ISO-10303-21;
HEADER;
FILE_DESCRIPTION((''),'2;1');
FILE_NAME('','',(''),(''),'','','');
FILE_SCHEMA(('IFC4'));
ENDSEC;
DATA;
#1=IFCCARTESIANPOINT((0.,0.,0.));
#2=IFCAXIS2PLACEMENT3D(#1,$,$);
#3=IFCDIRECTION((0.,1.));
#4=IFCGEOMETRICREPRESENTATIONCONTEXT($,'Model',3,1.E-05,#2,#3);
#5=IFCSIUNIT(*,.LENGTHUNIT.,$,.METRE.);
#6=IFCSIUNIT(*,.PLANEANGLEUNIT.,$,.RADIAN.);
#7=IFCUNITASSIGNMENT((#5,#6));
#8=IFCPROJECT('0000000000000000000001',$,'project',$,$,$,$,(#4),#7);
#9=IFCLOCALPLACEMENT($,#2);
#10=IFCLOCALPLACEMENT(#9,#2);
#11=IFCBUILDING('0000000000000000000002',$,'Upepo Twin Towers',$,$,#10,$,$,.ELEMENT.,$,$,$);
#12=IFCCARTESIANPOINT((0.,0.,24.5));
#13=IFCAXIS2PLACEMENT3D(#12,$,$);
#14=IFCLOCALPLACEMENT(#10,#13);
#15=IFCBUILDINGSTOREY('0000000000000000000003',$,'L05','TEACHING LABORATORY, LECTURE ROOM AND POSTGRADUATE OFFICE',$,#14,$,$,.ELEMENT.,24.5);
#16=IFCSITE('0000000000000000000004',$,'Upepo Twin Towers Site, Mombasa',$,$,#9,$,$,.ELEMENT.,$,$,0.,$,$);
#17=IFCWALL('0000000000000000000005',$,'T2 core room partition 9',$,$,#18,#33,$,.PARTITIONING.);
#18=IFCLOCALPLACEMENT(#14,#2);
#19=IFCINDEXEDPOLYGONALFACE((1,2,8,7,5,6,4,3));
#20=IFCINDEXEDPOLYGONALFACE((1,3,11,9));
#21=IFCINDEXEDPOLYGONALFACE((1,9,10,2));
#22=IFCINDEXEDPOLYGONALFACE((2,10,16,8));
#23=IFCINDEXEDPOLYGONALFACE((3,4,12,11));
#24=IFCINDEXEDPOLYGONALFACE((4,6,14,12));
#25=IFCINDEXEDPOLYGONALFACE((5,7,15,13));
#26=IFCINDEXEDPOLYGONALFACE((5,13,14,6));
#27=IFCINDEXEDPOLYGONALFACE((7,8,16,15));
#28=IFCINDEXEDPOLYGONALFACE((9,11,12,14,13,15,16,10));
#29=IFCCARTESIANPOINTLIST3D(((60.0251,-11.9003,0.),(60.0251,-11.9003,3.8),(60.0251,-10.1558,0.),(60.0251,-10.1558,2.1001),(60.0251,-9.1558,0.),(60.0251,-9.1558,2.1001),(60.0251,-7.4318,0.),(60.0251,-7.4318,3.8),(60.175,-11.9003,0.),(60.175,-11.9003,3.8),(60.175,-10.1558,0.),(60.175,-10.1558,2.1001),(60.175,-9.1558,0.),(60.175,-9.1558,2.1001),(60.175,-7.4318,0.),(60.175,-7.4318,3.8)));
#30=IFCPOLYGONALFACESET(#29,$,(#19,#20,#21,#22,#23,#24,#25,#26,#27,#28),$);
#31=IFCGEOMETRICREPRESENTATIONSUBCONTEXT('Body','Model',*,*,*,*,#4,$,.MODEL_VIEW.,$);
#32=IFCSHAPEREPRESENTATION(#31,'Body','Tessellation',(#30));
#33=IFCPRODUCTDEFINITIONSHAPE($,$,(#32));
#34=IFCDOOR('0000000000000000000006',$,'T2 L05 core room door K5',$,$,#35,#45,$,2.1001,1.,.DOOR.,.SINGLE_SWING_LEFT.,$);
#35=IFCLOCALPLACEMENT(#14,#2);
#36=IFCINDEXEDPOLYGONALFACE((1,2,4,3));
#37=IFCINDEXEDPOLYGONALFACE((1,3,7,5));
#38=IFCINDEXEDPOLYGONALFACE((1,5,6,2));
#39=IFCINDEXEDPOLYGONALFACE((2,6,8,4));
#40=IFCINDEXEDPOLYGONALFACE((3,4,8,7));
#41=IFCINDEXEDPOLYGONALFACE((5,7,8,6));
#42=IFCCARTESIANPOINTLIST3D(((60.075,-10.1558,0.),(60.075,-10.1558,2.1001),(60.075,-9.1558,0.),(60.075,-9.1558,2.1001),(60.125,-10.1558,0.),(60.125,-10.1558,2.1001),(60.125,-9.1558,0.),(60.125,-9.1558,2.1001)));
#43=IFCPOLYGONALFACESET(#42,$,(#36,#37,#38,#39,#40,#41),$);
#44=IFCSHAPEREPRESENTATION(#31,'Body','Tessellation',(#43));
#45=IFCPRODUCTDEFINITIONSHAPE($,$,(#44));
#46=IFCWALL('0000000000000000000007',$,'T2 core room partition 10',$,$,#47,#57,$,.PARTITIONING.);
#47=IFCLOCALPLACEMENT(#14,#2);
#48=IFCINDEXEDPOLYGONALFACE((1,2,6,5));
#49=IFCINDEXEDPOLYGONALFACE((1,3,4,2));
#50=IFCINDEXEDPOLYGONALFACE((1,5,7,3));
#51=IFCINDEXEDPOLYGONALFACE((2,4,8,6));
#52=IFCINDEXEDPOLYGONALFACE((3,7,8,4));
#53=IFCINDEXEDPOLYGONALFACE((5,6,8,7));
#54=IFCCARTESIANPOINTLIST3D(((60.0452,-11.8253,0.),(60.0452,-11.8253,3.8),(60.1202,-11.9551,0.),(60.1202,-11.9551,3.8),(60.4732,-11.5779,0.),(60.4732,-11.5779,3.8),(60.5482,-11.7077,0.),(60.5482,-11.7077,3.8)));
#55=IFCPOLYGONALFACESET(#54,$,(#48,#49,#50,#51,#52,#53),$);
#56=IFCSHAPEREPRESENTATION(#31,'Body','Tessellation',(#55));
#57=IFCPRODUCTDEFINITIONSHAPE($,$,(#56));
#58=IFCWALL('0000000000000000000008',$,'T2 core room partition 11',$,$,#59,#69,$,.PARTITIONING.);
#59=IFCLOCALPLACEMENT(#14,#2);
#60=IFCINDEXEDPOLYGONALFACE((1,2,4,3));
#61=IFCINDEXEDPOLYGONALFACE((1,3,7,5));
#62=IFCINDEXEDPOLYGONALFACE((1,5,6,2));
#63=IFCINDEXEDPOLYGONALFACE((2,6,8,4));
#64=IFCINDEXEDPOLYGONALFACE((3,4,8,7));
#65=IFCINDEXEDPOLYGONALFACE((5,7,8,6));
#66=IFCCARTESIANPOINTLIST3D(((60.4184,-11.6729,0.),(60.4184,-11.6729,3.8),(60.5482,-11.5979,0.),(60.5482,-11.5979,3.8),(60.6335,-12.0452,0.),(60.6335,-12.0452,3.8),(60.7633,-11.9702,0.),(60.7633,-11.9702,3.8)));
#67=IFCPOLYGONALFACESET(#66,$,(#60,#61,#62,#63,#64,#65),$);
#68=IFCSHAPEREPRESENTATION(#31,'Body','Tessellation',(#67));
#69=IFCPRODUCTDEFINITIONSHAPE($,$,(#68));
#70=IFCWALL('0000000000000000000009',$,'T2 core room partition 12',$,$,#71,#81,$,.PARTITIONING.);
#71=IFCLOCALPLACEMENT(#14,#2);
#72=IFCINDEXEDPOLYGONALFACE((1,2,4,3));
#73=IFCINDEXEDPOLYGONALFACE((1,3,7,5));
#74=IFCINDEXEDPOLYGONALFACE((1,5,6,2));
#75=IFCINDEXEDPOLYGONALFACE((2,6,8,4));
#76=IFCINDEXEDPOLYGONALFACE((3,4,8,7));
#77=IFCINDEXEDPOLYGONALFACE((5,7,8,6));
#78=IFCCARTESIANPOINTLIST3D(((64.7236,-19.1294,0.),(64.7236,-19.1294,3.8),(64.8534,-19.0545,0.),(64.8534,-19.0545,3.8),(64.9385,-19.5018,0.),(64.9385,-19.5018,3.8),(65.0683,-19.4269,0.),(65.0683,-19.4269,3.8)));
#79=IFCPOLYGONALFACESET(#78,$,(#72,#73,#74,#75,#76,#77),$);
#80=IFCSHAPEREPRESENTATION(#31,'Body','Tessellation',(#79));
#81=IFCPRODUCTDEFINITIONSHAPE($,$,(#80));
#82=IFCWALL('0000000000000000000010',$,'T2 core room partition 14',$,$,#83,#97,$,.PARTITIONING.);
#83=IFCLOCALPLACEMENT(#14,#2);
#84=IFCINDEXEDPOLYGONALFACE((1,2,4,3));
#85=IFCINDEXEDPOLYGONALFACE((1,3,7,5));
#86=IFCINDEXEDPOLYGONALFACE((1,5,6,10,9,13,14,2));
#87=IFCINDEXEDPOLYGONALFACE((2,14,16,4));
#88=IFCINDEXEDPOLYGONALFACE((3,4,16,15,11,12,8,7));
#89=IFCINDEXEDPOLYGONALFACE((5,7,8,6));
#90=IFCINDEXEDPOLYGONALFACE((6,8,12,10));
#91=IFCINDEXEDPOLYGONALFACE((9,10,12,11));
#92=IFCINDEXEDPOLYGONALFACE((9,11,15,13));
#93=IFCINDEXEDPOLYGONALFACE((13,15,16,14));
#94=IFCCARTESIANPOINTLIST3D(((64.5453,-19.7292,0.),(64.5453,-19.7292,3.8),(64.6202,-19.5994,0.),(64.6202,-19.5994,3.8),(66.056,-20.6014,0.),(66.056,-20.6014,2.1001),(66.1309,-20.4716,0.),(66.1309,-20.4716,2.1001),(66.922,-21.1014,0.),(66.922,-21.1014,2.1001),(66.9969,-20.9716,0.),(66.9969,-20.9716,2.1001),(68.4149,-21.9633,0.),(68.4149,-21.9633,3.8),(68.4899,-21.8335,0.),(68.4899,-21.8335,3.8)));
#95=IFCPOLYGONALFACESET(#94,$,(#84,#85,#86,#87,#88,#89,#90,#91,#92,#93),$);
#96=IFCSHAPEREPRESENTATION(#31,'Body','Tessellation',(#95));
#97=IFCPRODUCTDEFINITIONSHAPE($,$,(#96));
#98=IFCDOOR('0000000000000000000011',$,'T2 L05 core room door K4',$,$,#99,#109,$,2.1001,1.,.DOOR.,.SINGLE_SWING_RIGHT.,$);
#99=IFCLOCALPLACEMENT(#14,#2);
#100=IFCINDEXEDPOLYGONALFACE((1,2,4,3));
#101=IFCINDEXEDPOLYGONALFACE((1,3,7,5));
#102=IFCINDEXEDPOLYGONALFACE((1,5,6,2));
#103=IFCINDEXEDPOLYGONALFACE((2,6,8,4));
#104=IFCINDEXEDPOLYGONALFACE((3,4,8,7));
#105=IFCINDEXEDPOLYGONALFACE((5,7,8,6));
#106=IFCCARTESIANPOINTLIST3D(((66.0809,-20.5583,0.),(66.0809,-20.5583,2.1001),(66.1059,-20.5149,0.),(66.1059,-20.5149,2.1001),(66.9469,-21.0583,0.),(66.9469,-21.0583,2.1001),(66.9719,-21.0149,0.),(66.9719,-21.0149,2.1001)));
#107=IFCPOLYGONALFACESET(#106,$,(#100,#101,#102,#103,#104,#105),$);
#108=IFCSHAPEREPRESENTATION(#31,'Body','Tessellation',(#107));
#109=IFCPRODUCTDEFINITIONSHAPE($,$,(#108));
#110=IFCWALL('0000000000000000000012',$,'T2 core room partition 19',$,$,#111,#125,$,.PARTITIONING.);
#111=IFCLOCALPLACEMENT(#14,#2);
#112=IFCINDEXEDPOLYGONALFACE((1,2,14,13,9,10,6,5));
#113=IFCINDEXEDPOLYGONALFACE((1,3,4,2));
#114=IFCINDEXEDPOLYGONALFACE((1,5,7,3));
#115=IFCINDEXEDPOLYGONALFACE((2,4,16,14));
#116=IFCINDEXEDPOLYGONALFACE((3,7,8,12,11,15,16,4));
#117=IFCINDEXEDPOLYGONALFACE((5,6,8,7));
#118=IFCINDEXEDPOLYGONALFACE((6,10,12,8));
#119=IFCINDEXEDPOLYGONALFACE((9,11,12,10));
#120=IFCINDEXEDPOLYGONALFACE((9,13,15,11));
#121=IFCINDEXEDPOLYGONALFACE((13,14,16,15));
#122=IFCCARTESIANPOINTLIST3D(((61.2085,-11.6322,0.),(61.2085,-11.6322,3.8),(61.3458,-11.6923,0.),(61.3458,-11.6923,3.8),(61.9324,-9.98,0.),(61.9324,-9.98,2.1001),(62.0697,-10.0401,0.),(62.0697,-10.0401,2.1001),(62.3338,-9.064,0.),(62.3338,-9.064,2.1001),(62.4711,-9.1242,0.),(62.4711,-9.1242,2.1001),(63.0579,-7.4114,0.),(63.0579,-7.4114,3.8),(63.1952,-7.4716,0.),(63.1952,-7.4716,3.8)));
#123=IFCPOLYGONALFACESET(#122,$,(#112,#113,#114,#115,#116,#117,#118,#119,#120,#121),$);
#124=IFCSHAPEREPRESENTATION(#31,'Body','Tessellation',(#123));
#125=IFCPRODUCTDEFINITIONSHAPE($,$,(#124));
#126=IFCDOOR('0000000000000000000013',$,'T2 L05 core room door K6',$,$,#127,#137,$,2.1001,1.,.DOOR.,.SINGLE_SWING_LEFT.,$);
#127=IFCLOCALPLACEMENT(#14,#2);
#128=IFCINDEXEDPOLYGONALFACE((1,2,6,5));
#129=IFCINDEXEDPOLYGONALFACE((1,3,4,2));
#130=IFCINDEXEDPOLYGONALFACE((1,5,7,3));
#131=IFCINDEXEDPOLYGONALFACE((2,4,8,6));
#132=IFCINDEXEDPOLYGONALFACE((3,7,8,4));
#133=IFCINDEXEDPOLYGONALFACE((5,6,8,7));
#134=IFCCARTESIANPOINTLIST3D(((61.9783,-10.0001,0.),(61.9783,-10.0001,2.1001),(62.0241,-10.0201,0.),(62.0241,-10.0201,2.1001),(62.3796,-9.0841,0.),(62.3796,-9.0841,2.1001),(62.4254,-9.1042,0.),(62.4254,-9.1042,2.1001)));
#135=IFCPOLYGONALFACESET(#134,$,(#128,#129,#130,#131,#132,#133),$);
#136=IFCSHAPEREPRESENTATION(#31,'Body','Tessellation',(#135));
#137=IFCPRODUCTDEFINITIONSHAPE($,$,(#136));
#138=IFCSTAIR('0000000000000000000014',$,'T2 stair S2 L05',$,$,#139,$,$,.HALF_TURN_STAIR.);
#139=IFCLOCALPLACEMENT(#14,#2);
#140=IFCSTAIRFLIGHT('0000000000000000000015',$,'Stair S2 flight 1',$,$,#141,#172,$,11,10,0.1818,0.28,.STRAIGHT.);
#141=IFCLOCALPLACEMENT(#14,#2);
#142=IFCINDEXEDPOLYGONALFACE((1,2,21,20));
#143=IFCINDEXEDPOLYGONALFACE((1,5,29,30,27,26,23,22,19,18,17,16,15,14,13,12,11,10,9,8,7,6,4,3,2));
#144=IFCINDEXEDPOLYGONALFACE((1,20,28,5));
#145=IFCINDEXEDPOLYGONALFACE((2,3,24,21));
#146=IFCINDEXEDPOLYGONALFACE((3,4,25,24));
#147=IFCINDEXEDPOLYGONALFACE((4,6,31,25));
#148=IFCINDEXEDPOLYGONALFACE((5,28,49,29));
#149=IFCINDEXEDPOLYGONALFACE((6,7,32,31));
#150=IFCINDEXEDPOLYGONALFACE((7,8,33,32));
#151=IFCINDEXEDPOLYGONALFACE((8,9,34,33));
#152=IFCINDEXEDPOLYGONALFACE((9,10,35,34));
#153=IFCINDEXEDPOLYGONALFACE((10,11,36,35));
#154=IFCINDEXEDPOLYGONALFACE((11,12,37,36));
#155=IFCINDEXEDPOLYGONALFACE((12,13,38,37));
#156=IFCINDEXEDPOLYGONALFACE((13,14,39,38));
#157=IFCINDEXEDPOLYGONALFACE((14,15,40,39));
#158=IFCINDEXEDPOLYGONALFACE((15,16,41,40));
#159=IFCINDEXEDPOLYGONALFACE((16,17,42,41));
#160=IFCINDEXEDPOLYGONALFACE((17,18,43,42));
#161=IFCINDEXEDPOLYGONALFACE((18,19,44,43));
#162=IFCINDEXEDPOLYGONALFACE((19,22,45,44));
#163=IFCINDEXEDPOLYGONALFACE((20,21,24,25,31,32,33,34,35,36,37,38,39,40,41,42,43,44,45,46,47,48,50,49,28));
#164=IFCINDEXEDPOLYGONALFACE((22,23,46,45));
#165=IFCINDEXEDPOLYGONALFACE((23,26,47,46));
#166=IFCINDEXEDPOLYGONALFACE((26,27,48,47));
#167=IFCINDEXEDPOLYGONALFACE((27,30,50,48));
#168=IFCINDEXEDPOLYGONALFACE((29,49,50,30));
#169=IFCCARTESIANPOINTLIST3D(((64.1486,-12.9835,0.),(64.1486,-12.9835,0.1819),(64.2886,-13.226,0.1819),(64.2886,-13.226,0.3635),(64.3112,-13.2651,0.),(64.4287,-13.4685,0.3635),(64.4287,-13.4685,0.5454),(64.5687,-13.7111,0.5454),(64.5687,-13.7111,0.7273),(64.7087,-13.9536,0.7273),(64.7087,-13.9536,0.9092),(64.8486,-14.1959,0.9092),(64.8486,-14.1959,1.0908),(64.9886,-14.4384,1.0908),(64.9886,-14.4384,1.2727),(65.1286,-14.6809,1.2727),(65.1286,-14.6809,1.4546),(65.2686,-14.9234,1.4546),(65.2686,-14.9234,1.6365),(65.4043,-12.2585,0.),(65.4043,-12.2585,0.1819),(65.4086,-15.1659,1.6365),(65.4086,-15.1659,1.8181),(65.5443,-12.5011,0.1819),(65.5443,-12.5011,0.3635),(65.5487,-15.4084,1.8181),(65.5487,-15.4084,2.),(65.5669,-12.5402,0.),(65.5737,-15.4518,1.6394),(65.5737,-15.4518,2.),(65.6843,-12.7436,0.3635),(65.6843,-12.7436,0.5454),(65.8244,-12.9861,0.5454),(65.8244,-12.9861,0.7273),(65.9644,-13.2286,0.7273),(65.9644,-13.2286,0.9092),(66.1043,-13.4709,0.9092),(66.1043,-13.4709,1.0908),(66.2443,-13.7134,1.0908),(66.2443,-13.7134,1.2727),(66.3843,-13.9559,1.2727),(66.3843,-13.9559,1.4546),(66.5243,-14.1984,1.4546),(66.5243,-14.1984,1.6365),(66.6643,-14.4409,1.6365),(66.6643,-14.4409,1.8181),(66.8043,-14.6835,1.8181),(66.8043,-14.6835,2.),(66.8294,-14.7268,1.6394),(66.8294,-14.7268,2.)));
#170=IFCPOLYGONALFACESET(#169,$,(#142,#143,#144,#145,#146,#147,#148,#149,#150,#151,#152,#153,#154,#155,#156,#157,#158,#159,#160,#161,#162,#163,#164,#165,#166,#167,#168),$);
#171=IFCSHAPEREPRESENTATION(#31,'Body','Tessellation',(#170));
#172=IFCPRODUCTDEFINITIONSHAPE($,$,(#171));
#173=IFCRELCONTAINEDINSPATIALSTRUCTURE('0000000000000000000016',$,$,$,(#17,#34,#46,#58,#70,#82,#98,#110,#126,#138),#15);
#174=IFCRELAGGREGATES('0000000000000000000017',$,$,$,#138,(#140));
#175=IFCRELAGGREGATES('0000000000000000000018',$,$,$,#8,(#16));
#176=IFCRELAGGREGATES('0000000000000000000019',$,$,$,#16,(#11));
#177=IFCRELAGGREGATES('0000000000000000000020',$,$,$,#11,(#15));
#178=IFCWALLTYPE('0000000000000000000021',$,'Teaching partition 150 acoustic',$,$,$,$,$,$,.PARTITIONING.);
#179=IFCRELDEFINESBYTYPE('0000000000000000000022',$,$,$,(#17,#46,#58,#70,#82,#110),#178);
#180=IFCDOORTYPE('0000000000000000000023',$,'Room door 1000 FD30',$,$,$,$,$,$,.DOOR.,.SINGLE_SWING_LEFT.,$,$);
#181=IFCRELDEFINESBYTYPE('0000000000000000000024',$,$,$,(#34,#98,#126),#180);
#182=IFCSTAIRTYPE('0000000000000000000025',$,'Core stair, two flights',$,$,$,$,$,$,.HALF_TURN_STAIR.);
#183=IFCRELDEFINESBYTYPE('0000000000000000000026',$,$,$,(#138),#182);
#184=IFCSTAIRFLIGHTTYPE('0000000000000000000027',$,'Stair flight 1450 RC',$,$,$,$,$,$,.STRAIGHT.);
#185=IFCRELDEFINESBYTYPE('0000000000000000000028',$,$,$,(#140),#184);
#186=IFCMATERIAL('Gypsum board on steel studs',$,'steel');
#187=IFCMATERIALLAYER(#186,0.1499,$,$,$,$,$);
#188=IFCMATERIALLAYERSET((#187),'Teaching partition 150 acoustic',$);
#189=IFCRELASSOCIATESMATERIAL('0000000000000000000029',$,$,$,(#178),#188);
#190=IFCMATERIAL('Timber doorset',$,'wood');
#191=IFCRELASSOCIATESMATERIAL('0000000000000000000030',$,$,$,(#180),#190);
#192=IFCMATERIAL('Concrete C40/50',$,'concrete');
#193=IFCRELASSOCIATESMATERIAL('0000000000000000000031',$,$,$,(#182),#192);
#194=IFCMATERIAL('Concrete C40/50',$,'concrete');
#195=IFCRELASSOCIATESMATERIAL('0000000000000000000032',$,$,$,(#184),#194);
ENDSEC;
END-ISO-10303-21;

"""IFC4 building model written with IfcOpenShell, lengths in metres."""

from ifc_helpers import new_model, si_unit, direction, frame, frame_2d, origin, place, context, subcontext, project, spatial, polyline, rectangle, outline, extrude, material, layer, layer_set, type_object, element, fill, aggregate, save


model = new_model("IFC4")

# Units and contexts
model_context = context("Model", 3, precision=1e-05, world=origin(), true_north=direction((0.0, 1.0)))
body_context = subcontext(model_context, "Body", "Model", "MODEL_VIEW")
ifc_project = project(units=[si_unit("LENGTHUNIT", "METRE"), si_unit("PLANEANGLEUNIT", "RADIAN")], contexts=[model_context])

# Site, building, storey
site_placement = place(None, origin())
site = spatial("IfcSite", under=ifc_project, at=site_placement, Name="Upepo Twin Towers Site, Mombasa", CompositionType="ELEMENT", RefElevation=0.0)
building_placement = place(site_placement, origin())
building = spatial("IfcBuilding", under=site, at=building_placement, Name="Upepo Twin Towers", CompositionType="ELEMENT")
storey_placement = place(building_placement, frame((0.0, 0.0, 24.5)))
storey = spatial("IfcBuildingStorey", under=building, at=storey_placement, Name="L05", Description="TEACHING LABORATORY, LECTURE ROOM AND POSTGRADUATE OFFICE", CompositionType="ELEMENT", Elevation=24.5)

# Wall, opening, door
ifc_material_1 = material(Name="Gypsum board on steel studs", Category="steel")
ifc_layer_1 = layer(ifc_material_1, 0.1499)
ifc_layer_set_1 = layer_set([ifc_layer_1], Name="Teaching partition 150 acoustic")
wall_type_1 = type_object("IfcWallType", Name="Teaching partition 150 acoustic", PredefinedType="PARTITIONING", material=ifc_layer_set_1)
wall_1_placement = place(storey_placement, frame((60.1001, -7.4316, 0.0), z_axis=(0.0, 0.0, 1.0), x_axis=(0.0, -1.0, 0.0)))
wall_1 = element("IfcWall", 1, at=wall_1_placement, inside=storey, type_object=wall_type_1, Name="T2 core room partition 9", PredefinedType="PARTITIONING", context=body_context, shape_type="SweptSolid", body=[
    extrude(rectangle(XDim=4.4685, YDim=0.1499, at=frame_2d((2.2344, 0.0))), origin(), (0.0, 0.0, 1.0), 3.8),
])
opening_1_placement = place(wall_1_placement, frame((1.7241, 0.0, 0.0)))
opening_1 = element("IfcOpeningElement", 2, at=opening_1_placement, cuts=wall_1, PredefinedType="OPENING", context=body_context, shape_type="SweptSolid", body=[
    extrude(rectangle(XDim=1.0, YDim=2.1001, at=frame_2d((0.5, 1.05))), frame((0.0, 0.085, 0.0), z_axis=(0.0, -1.0, 0.0), x_axis=(1.0, 0.0, 0.0)), (0.0, 0.0, 1.0), 0.1699),
])
ifc_material_2 = material(Name="Timber doorset", Category="wood")
door_type_1 = type_object("IfcDoorType", Name="Room door 1000 FD30", OperationType="SINGLE_SWING_LEFT", PredefinedType="DOOR", material=ifc_material_2)
door_1_placement = place(opening_1_placement, origin())
door_1 = element("IfcDoor", 3, at=door_1_placement, inside=storey, type_object=door_type_1, Name="T2 L05 core room door K5", OperationType="SINGLE_SWING_LEFT", OverallHeight=2.1001, OverallWidth=1.0, PredefinedType="DOOR", context=body_context, shape_type="SweptSolid", body=[
    extrude(rectangle(XDim=1.0, YDim=2.1001, at=frame_2d((0.5, 1.05))), frame((0.0, 0.0249, 0.0), z_axis=(0.0, -1.0, 0.0), x_axis=(1.0, 0.0, 0.0)), (0.0, 0.0, 1.0), 0.05),
])
fill(opening_1, door_1)

# Walls
wall_2_placement = place(storey_placement, frame((60.0828, -11.8901, 0.0), z_axis=(0.0, 0.0, 1.0), x_axis=(0.865832, 0.500335, 0.0)))
element("IfcWall", 4, at=wall_2_placement, inside=storey, type_object=wall_type_1, Name="T2 core room partition 10", PredefinedType="PARTITIONING", context=body_context, shape_type="SweptSolid", body=[
    extrude(rectangle(XDim=0.4944, YDim=0.1499, at=frame_2d((0.2471, 0.0))), origin(), (0.0, 0.0, 1.0), 3.8),
])
for number, where, z_axis, x_axis, name in (
    (5, (60.4834, -11.6355, 0.0), (0.0, 0.0, 1.0), (0.50023, -0.865892, 0.0), "T2 core room partition 11"),
    (6, (64.7886, -19.092, 0.0), (0.0, 0.0, 1.0), (0.499804, -0.866138, 0.0), "T2 core room partition 12"),
):
    element("IfcWall", number, at=place(storey_placement, frame(where, z_axis=z_axis, x_axis=x_axis)), inside=storey, type_object=wall_type_1, Name=name, PredefinedType="PARTITIONING", context=body_context, shape_type="SweptSolid", body=[
        extrude(rectangle(XDim=0.4299, YDim=0.1499, at=frame_2d((0.2148, 0.0))), origin(), (0.0, 0.0, 1.0), 3.8),
    ])

# Walls, openings, doors
wall_3_placement = place(storey_placement, frame((64.5828, -19.6643, 0.0), z_axis=(0.0, 0.0, 1.0), x_axis=(0.866025, -0.5, 0.0)))
wall_3 = element("IfcWall", 7, at=wall_3_placement, inside=storey, type_object=wall_type_1, Name="T2 core room partition 14", PredefinedType="PARTITIONING", context=body_context, shape_type="SweptSolid", body=[
    extrude(rectangle(XDim=4.4683, YDim=0.1499, at=frame_2d((2.2341, 0.0))), origin(), (0.0, 0.0, 1.0), 3.8),
])
opening_2_placement = place(wall_3_placement, frame((1.7444, 0.0, 0.0)))
opening_2 = element("IfcOpeningElement", 8, at=opening_2_placement, cuts=wall_3, PredefinedType="OPENING", context=body_context, shape_type="SweptSolid", body=[
    extrude(rectangle(XDim=1.0, YDim=2.1001, at=frame_2d((0.5, 1.05))), frame((0.0, 0.085, 0.0), z_axis=(0.0, -1.0, 0.0), x_axis=(1.0, 0.0, 0.0)), (0.0, 0.0, 1.0), 0.1699),
])
door_2_placement = place(opening_2_placement, origin())
door_2 = element("IfcDoor", 9, at=door_2_placement, inside=storey, type_object=door_type_1, Name="T2 L05 core room door K4", OperationType="SINGLE_SWING_RIGHT", OverallHeight=2.1001, OverallWidth=1.0, PredefinedType="DOOR", context=body_context, shape_type="SweptSolid", body=[
    extrude(rectangle(XDim=1.0, YDim=2.1001, at=frame_2d((0.5, 1.05))), frame((0.0, 0.0249, 0.0), z_axis=(0.0, -1.0, 0.0), x_axis=(1.0, 0.0, 0.0)), (0.0, 0.0, 1.0), 0.05),
])
fill(opening_2, door_2)
wall_4_placement = place(storey_placement, frame((61.2771, -11.6624, 0.0), z_axis=(0.0, 0.0, 1.0), x_axis=(0.40133, 0.915933, 0.0)))
wall_4 = element("IfcWall", 10, at=wall_4_placement, inside=storey, type_object=wall_type_1, Name="T2 core room partition 19", PredefinedType="PARTITIONING", context=body_context, shape_type="SweptSolid", body=[
    extrude(rectangle(XDim=4.6082, YDim=0.1499, at=frame_2d((2.3042, 0.0))), origin(), (0.0, 0.0, 1.0), 3.8),
])
opening_3_placement = place(wall_4_placement, frame((1.804, 0.0, 0.0)))
opening_3 = element("IfcOpeningElement", 11, at=opening_3_placement, cuts=wall_4, PredefinedType="OPENING", context=body_context, shape_type="SweptSolid", body=[
    extrude(rectangle(XDim=1.0, YDim=2.1001, at=frame_2d((0.5, 1.05))), frame((0.0, 0.085, 0.0), z_axis=(0.0, -1.0, 0.0), x_axis=(1.0, 0.0, 0.0)), (0.0, 0.0, 1.0), 0.1699),
])
door_3_placement = place(opening_3_placement, origin())
door_3 = element("IfcDoor", 12, at=door_3_placement, inside=storey, type_object=door_type_1, Name="T2 L05 core room door K6", OperationType="SINGLE_SWING_LEFT", OverallHeight=2.1001, OverallWidth=1.0, PredefinedType="DOOR", context=body_context, shape_type="SweptSolid", body=[
    extrude(rectangle(XDim=1.0, YDim=2.1001, at=frame_2d((0.5, 1.05))), frame((0.0, 0.0249, 0.0), z_axis=(0.0, -1.0, 0.0), x_axis=(1.0, 0.0, 0.0)), (0.0, 0.0, 1.0), 0.05),
])
fill(opening_3, door_3)

# Stair, stair flight
ifc_material_3 = material(Name="Concrete C40/50", Category="concrete")
stair_type = type_object("IfcStairType", Name="Core stair, two flights", PredefinedType="HALF_TURN_STAIR", material=ifc_material_3)
stair_placement = place(storey_placement, origin())
stair = element("IfcStair", 13, at=stair_placement, inside=storey, type_object=stair_type, Name="T2 stair S2 L05", PredefinedType="HALF_TURN_STAIR")
ifc_material_4 = material(Name="Concrete C40/50", Category="concrete")
stair_flight_type = type_object("IfcStairFlightType", Name="Stair flight 1450 RC", PredefinedType="STRAIGHT", material=ifc_material_4)
stair_flight_placement = place(storey_placement, frame((64.7764, -12.6211, 0.0), z_axis=(0.0, 0.0, 1.0), x_axis=(0.5, -0.866025, 0.0)))
stair_flight = element("IfcStairFlight", 14, at=stair_flight_placement, type_object=stair_flight_type, Name="Stair S2 flight 1", NumberOfRisers=11, NumberOfTreads=10, PredefinedType="STRAIGHT", RiserHeight=0.1818, TreadLength=0.28, context=body_context, shape_type="SweptSolid", body=[
    extrude(outline(polyline([(0.0, 0.0), (0.0, 0.1819), (0.28, 0.1819), (0.28, 0.3635), (0.5601, 0.3635), (0.5601, 0.5454), (0.8401, 0.5454), (0.8401, 0.7273), (1.1201, 0.7273), (1.1201, 0.9092), (1.3999, 0.9092), (1.3999, 1.0908), (1.6799, 1.0908), (1.6799, 1.2727), (1.96, 1.2727), (1.96, 1.4546), (2.24, 1.4546), (2.24, 1.6365), (2.52, 1.6365), (2.52, 1.8181), (2.8, 1.8181), (2.8, 2.0), (2.8501, 2.0), (2.8501, 1.6394), (0.3252, 0.0), (0.0, 0.0)])), frame((0.0, 0.7251, 0.0), z_axis=(0.0, -1.0, 0.0), x_axis=(1.0, 0.0, 0.0)), (0.0, 0.0, 1.0), 1.45),
])
aggregate(stair, [stair_flight])

save(model, "model.ifc")
